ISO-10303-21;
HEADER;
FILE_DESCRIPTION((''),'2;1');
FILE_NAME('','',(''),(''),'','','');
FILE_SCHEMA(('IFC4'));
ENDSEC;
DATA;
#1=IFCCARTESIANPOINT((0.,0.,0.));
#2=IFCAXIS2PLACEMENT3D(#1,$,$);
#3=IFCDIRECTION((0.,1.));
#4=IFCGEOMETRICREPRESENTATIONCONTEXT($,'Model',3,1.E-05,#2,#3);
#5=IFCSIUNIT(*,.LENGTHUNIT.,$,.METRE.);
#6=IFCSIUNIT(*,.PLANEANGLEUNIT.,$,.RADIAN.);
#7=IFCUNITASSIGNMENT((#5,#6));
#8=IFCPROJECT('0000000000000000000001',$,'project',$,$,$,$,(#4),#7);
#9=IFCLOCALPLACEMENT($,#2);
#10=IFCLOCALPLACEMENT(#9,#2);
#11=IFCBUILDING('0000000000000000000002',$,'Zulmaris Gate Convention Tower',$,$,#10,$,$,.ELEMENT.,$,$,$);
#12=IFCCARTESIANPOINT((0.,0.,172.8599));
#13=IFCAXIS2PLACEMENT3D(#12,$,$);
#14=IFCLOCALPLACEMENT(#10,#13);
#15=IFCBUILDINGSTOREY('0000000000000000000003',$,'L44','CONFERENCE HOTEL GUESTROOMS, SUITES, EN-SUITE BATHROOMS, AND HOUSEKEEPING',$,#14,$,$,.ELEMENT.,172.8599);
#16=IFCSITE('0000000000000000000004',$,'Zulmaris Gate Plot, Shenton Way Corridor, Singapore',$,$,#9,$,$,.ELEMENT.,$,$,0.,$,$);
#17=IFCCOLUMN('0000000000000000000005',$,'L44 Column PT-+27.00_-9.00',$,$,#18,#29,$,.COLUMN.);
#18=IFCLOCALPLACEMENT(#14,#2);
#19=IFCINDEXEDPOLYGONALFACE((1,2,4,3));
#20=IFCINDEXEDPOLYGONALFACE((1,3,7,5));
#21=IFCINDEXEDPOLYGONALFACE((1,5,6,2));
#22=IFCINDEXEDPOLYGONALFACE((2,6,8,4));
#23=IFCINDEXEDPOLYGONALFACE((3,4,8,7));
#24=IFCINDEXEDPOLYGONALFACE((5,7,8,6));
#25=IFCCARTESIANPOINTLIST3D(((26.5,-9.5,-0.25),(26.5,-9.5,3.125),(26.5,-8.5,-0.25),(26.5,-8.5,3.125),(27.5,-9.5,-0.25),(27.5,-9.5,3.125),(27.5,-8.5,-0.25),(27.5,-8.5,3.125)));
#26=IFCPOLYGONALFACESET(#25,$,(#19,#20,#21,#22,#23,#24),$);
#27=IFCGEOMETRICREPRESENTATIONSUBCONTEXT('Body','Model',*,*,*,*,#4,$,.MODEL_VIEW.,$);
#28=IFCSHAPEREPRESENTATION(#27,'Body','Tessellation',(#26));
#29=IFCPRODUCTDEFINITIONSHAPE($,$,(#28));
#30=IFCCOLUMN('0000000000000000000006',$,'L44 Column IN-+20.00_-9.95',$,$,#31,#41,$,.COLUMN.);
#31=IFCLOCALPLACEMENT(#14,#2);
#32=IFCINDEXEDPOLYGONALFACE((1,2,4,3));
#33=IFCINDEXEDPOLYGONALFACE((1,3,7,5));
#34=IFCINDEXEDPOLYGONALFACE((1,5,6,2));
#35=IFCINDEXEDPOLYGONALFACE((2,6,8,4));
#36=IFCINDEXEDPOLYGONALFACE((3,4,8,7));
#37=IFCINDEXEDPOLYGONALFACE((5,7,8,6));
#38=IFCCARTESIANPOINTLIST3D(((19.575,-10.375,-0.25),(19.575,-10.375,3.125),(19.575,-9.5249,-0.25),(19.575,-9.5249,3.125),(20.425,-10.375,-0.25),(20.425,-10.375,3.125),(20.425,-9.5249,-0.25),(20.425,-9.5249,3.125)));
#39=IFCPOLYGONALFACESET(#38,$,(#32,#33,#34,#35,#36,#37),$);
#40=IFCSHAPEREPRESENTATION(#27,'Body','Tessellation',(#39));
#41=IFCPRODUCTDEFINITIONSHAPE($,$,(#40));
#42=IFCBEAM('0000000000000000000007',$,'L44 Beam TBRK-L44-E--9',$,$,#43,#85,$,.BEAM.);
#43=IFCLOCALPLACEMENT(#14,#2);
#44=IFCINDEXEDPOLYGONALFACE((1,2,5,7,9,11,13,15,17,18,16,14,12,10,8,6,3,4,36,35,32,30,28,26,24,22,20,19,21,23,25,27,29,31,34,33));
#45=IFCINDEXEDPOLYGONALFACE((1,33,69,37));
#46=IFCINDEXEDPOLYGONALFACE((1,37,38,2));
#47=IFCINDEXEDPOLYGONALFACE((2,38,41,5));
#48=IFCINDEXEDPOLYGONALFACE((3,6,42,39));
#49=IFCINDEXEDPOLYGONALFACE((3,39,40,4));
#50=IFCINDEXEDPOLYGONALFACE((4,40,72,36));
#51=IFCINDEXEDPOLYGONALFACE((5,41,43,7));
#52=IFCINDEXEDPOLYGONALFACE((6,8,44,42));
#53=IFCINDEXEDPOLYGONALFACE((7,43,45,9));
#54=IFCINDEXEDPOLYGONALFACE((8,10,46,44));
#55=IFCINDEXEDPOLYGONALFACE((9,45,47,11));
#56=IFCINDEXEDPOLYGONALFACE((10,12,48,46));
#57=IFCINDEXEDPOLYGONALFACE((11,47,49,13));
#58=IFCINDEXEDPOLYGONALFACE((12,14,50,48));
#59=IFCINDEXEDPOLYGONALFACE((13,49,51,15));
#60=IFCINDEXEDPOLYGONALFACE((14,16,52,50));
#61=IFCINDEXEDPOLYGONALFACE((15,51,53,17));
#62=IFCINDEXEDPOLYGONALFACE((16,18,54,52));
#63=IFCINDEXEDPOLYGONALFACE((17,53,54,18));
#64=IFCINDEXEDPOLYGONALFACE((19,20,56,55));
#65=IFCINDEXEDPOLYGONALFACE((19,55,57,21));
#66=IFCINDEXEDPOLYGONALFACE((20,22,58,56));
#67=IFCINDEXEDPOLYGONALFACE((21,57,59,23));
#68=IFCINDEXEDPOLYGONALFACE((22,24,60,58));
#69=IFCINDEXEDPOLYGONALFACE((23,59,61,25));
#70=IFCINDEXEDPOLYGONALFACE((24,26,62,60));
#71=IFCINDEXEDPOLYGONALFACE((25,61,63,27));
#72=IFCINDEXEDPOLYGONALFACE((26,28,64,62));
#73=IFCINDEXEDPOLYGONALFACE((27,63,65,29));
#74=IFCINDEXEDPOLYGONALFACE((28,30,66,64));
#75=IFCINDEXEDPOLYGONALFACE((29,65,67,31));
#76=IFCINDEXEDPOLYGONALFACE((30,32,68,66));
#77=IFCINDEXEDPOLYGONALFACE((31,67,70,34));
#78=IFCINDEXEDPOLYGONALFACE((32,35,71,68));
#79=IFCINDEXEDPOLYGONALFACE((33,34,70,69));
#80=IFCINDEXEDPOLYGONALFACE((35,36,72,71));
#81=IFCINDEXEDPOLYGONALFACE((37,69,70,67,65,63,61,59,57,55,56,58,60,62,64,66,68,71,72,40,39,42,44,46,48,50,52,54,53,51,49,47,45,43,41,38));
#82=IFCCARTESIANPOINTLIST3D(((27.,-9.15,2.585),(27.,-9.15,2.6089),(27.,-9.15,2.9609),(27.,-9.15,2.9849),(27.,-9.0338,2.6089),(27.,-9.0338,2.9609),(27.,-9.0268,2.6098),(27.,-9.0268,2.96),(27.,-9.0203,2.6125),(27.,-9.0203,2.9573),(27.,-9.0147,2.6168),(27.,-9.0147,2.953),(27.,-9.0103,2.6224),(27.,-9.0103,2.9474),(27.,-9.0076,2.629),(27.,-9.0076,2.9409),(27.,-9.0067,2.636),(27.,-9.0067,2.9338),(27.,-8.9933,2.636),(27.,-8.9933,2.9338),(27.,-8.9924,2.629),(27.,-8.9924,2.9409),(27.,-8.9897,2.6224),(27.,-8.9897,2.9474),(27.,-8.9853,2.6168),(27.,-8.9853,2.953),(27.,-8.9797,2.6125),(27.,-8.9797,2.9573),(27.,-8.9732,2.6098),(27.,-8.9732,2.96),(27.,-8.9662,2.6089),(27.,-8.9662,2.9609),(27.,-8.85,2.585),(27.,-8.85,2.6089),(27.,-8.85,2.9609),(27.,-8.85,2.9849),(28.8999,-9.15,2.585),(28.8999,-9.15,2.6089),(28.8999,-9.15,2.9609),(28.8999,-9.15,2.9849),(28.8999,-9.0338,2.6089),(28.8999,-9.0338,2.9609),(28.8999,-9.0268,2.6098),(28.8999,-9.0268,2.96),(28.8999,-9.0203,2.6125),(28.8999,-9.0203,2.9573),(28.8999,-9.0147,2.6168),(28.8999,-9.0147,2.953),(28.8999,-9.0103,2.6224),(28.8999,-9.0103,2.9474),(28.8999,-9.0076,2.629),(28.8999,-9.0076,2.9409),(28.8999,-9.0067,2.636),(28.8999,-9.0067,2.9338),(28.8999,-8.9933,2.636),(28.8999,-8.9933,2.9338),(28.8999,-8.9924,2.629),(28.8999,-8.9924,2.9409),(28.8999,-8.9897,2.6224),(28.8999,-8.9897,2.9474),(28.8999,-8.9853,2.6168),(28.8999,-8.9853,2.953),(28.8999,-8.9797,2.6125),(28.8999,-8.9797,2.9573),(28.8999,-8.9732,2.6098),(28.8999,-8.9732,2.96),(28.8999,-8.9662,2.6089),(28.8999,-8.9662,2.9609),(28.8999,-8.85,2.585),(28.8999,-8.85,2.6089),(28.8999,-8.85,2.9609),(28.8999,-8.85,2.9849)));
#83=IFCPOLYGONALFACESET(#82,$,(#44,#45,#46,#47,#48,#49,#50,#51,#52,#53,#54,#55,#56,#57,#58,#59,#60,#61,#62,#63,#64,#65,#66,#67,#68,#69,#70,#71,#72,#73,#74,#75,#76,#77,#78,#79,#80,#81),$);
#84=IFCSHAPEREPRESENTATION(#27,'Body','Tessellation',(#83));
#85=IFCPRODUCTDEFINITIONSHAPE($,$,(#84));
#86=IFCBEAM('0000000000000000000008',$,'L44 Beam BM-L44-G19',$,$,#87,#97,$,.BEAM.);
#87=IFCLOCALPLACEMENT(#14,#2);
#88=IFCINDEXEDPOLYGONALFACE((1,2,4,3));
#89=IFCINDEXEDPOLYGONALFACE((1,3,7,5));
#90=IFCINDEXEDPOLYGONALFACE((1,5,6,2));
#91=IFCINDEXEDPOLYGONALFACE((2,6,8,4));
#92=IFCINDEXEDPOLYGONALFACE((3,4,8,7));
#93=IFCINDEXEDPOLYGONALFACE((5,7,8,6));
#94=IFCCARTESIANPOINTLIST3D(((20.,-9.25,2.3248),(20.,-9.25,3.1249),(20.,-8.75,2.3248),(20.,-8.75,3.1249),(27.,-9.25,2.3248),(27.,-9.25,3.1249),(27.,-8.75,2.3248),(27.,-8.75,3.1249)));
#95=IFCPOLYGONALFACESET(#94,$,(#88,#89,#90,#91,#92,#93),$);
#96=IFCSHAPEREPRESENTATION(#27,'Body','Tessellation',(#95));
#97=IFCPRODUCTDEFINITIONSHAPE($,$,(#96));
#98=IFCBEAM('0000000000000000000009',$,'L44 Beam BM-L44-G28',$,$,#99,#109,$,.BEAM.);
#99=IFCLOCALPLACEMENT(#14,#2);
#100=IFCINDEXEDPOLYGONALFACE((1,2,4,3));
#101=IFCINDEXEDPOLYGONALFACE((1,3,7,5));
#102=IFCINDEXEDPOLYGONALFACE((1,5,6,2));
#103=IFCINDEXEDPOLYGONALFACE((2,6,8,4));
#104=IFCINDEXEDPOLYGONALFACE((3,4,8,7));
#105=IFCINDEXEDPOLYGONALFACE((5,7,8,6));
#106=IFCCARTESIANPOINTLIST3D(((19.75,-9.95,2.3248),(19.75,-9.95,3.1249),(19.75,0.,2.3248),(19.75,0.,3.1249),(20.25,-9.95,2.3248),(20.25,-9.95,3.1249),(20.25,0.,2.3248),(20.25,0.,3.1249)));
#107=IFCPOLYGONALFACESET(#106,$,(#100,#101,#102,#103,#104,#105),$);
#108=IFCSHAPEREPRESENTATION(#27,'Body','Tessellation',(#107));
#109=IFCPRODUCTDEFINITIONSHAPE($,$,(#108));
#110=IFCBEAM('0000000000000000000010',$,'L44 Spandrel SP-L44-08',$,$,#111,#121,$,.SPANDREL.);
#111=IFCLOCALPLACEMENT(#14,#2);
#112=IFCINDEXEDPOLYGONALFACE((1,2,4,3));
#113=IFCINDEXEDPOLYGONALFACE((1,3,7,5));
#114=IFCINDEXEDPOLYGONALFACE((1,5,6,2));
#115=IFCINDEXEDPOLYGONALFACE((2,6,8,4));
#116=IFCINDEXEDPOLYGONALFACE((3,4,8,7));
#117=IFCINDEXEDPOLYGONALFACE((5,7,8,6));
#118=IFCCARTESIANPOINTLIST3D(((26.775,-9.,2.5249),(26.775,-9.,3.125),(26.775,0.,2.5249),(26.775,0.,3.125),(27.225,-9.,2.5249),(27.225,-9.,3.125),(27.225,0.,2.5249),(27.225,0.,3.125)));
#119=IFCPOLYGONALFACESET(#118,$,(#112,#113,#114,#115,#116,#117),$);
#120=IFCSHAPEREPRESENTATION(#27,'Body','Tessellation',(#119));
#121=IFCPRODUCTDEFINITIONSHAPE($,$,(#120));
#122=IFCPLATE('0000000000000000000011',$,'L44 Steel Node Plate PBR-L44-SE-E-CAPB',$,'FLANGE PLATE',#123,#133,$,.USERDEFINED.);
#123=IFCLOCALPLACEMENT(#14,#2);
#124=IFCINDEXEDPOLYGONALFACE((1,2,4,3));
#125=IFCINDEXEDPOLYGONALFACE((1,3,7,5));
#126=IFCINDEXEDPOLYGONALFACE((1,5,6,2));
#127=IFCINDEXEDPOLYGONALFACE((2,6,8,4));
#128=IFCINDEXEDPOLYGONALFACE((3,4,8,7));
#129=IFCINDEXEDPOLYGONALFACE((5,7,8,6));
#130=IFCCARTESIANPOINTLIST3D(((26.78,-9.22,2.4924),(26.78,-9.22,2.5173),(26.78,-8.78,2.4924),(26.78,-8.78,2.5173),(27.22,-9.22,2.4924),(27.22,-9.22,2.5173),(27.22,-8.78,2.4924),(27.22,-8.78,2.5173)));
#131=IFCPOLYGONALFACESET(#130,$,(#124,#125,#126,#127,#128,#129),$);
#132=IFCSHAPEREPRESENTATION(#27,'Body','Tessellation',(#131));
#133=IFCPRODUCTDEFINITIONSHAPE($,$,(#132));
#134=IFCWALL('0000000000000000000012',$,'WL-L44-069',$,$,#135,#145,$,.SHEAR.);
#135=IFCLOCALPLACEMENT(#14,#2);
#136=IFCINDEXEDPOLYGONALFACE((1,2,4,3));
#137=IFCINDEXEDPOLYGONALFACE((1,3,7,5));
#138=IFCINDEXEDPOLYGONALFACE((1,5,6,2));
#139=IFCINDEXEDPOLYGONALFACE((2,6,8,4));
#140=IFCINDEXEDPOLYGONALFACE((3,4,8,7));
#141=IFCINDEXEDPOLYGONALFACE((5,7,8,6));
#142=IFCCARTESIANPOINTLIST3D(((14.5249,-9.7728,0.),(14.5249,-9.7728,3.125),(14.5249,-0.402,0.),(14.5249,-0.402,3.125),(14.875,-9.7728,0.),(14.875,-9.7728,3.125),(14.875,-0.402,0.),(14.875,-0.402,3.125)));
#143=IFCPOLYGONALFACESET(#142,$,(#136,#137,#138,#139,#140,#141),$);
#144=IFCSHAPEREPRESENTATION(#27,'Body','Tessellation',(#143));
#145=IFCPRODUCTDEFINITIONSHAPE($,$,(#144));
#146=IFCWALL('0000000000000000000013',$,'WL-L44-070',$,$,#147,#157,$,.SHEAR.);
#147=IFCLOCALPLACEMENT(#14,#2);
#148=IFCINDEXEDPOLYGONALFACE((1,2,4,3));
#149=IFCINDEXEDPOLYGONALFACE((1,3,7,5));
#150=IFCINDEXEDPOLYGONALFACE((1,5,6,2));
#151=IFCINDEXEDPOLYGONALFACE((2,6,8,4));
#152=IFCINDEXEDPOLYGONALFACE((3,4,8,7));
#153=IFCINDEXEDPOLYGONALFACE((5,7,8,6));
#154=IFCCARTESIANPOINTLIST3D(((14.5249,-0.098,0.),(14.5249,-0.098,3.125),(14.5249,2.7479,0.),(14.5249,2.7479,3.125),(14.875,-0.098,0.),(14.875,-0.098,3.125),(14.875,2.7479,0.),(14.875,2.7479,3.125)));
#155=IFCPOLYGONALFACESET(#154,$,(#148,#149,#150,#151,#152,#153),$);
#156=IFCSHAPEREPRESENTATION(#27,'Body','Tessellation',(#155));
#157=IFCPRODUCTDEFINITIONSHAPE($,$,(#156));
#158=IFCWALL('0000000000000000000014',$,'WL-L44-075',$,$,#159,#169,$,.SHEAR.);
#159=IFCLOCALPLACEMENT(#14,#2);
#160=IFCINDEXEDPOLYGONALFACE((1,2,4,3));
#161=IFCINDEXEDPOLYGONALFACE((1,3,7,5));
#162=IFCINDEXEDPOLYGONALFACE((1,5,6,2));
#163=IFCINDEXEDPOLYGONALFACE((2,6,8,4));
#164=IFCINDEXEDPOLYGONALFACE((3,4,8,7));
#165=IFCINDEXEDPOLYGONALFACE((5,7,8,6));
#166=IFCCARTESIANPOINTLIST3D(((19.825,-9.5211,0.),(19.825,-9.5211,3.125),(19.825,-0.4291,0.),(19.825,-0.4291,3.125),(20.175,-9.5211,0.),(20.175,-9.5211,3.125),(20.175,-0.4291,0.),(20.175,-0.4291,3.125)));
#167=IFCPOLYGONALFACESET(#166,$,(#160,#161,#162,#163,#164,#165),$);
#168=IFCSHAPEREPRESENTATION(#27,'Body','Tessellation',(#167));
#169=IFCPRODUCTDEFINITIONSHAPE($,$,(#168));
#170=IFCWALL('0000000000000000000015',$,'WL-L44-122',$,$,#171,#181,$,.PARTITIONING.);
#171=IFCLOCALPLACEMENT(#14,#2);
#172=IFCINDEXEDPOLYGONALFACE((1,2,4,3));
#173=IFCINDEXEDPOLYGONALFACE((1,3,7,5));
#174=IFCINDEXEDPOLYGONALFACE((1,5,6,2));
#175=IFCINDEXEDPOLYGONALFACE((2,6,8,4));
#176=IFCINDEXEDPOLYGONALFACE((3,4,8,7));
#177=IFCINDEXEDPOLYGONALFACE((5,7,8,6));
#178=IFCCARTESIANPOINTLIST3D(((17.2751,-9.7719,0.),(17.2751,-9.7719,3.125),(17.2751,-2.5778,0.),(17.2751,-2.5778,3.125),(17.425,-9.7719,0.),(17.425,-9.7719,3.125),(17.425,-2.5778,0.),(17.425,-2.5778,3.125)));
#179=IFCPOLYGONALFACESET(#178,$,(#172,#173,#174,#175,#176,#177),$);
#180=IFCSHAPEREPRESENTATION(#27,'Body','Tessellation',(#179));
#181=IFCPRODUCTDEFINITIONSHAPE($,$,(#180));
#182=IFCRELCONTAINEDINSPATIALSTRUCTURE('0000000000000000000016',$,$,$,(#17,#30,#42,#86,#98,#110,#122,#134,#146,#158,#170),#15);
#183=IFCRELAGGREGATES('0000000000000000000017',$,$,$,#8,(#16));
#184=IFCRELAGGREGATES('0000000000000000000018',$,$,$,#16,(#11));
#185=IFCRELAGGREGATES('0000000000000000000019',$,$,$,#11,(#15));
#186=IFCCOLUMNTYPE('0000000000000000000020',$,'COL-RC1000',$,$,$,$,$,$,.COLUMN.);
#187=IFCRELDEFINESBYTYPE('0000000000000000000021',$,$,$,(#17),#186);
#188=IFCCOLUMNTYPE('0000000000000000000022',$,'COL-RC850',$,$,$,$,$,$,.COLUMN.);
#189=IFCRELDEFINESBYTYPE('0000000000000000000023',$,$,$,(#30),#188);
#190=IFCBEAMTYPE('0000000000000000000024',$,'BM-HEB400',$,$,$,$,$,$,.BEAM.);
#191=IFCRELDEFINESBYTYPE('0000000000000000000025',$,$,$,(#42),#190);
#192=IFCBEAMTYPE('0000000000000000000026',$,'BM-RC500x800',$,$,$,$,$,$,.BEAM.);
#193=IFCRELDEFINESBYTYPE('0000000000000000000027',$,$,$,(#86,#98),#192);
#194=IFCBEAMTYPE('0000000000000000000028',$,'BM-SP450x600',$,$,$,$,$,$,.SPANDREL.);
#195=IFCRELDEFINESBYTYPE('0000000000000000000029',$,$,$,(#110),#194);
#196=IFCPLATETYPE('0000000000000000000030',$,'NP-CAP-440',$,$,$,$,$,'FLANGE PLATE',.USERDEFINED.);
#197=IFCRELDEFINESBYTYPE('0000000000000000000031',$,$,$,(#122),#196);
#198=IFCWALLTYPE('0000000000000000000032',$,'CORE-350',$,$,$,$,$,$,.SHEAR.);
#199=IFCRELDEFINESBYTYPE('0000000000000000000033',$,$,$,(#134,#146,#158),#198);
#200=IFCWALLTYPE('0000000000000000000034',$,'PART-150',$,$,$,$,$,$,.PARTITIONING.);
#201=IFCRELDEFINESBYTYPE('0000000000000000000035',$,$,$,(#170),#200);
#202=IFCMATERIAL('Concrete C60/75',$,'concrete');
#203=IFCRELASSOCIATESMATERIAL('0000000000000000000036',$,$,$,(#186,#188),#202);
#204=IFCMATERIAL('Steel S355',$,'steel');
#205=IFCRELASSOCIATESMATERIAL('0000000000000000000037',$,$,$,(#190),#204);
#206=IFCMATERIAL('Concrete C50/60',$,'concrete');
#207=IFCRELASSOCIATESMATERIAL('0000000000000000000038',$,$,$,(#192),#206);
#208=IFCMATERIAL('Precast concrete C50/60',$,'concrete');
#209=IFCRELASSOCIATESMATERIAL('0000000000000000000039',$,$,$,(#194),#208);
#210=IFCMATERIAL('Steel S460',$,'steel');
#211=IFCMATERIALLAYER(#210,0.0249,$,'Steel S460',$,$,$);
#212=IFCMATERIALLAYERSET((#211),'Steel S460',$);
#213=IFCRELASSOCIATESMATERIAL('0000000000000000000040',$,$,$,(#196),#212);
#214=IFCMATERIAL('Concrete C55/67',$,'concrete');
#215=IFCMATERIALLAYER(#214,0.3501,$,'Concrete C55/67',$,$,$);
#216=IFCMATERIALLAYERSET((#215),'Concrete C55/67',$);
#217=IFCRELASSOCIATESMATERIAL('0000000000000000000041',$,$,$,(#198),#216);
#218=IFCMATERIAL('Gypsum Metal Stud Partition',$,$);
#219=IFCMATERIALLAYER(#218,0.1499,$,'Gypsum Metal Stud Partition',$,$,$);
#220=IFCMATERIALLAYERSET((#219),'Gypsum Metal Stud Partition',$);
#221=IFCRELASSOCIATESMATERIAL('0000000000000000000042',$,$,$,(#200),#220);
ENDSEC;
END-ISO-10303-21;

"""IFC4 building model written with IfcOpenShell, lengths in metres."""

from ifc_helpers import new_model, si_unit, direction, frame, frame_2d, origin, origin_2d, place, context, subcontext, project, spatial, rectangle, i_section, extrude, material, layer, layer_set, material_profile, profile_set, type_object, element, save


model = new_model("IFC4")

# Units and contexts
model_context = context("Model", 3, precision=1e-05, world=origin(), true_north=direction((0.0, 1.0)))
body_context = subcontext(model_context, "Body", "Model", "MODEL_VIEW")
ifc_project = project(units=[si_unit("LENGTHUNIT", "METRE"), si_unit("PLANEANGLEUNIT", "RADIAN")], contexts=[model_context])

# Site, building, storey
site_placement = place(None, origin())
site = spatial("IfcSite", under=ifc_project, at=site_placement, Name="Zulmaris Gate Plot, Shenton Way Corridor, Singapore", CompositionType="ELEMENT", RefElevation=0.0)
building_placement = place(site_placement, origin())
building = spatial("IfcBuilding", under=site, at=building_placement, Name="Zulmaris Gate Convention Tower", CompositionType="ELEMENT")
storey_placement = place(building_placement, frame((0.0, 0.0, 172.8599)))
storey = spatial("IfcBuildingStorey", under=building, at=storey_placement, Name="L44", Description="CONFERENCE HOTEL GUESTROOMS, SUITES, EN-SUITE BATHROOMS, AND HOUSEKEEPING", CompositionType="ELEMENT", Elevation=172.8599)

# Columns
ifc_material_1 = material(Name="Concrete C60/75", Category="concrete")
ifc_material_profile_1 = material_profile(ifc_material_1, rectangle(XDim=1.0, YDim=1.0, at=origin_2d()), Name="RC COL 1000x1000")
ifc_profile_set_1 = profile_set([ifc_material_profile_1], Name="Concrete C60/75")
column_type_1 = type_object("IfcColumnType", Name="COL-RC1000", PredefinedType="COLUMN", material=ifc_profile_set_1)
column_1_placement = place(storey_placement, frame((27.0, -9.0, -0.25), z_axis=(0.0, 0.0, 1.0), x_axis=(1.0, 0.0, 0.0)))
element("IfcColumn", 1, at=column_1_placement, inside=storey, type_object=column_type_1, Name="L44 Column PT-+27.00_-9.00", PredefinedType="COLUMN", context=body_context, shape_type="SweptSolid", body=[
    extrude(rectangle(XDim=1.0, YDim=1.0, at=origin_2d()), origin(), (0.0, 0.0, 1.0), 3.375),
])
ifc_material_profile_2 = material_profile(ifc_material_1, rectangle(XDim=0.8501, YDim=0.8501, at=origin_2d()), Name="RC COL 850x850")
ifc_profile_set_2 = profile_set([ifc_material_profile_2], Name="Concrete C60/75")
column_type_2 = type_object("IfcColumnType", Name="COL-RC850", PredefinedType="COLUMN", material=ifc_profile_set_2)
column_2_placement = place(storey_placement, frame((20.0, -9.95, -0.25), z_axis=(0.0, 0.0, 1.0), x_axis=(1.0, 0.0, 0.0)))
element("IfcColumn", 2, at=column_2_placement, inside=storey, type_object=column_type_2, Name="L44 Column IN-+20.00_-9.95", PredefinedType="COLUMN", context=body_context, shape_type="SweptSolid", body=[
    extrude(rectangle(XDim=0.8501, YDim=0.8501, at=origin_2d()), origin(), (0.0, 0.0, 1.0), 3.375),
])

# Beams
ifc_material_2 = material(Name="Steel S355", Category="steel")
ifc_material_profile_3 = material_profile(ifc_material_2, i_section(OverallWidth=0.3, OverallDepth=0.3999, WebThickness=0.0134, FlangeThickness=0.0239, FilletRadius=0.0271, at=origin_2d()), Name="HEB 400")
ifc_profile_set_3 = profile_set([ifc_material_profile_3], Name="Steel S355")
beam_type_1 = type_object("IfcBeamType", Name="BM-HEB400", PredefinedType="BEAM", material=ifc_profile_set_3)
beam_1_placement = place(storey_placement, frame((27.0, -9.0, 2.7849), z_axis=(1.0, 0.0, 0.0), x_axis=(0.0, 1.0, 0.0)))
element("IfcBeam", 3, at=beam_1_placement, inside=storey, type_object=beam_type_1, Name="L44 Beam TBRK-L44-E--9", PredefinedType="BEAM", context=body_context, shape_type="SweptSolid", body=[
    extrude(i_section(OverallWidth=0.3, OverallDepth=0.3999, WebThickness=0.0134, FlangeThickness=0.0239, FilletRadius=0.0271, at=origin_2d()), origin(), (0.0, 0.0, 1.0), 1.8999),
])
ifc_material_3 = material(Name="Concrete C50/60", Category="concrete")
ifc_material_profile_4 = material_profile(ifc_material_3, rectangle(XDim=0.5, YDim=0.8, at=origin_2d()), Name="RC BEAM 500x800")
ifc_profile_set_4 = profile_set([ifc_material_profile_4], Name="Concrete C50/60")
beam_type_2 = type_object("IfcBeamType", Name="BM-RC500x800", PredefinedType="BEAM", material=ifc_profile_set_4)
beam_2_placement = place(storey_placement, frame((20.0, -9.0, 2.7249), z_axis=(1.0, 0.0, 0.0), x_axis=(0.0, 1.0, 0.0)))
element("IfcBeam", 4, at=beam_2_placement, inside=storey, type_object=beam_type_2, Name="L44 Beam BM-L44-G19", PredefinedType="BEAM", context=body_context, shape_type="SweptSolid", body=[
    extrude(rectangle(XDim=0.5, YDim=0.8, at=origin_2d()), origin(), (0.0, 0.0, 1.0), 7.0),
])
beam_3_placement = place(storey_placement, frame((20.0, -9.95, 2.7249), z_axis=(0.0, 1.0, 0.0), x_axis=(-1.0, 0.0, 0.0)))
element("IfcBeam", 5, at=beam_3_placement, inside=storey, type_object=beam_type_2, Name="L44 Beam BM-L44-G28", PredefinedType="BEAM", context=body_context, shape_type="SweptSolid", body=[
    extrude(rectangle(XDim=0.5, YDim=0.8, at=origin_2d()), origin(), (0.0, 0.0, 1.0), 9.95),
])
ifc_material_4 = material(Name="Precast concrete C50/60", Category="concrete")
ifc_material_profile_5 = material_profile(ifc_material_4, rectangle(XDim=0.45, YDim=0.6001, at=origin_2d()), Name="RC SPANDREL 450x600")
ifc_profile_set_5 = profile_set([ifc_material_profile_5], Name="Precast concrete C50/60")
beam_type_3 = type_object("IfcBeamType", Name="BM-SP450x600", PredefinedType="SPANDREL", material=ifc_profile_set_5)
beam_4_placement = place(storey_placement, frame((27.0, -9.0, 2.825), z_axis=(0.0, 1.0, 0.0), x_axis=(-1.0, 0.0, 0.0)))
element("IfcBeam", 6, at=beam_4_placement, inside=storey, type_object=beam_type_3, Name="L44 Spandrel SP-L44-08", PredefinedType="SPANDREL", context=body_context, shape_type="SweptSolid", body=[
    extrude(rectangle(XDim=0.45, YDim=0.6001, at=origin_2d()), origin(), (0.0, 0.0, 1.0), 9.0),
])

# Plate
ifc_material_5 = material(Name="Steel S460", Category="steel")
ifc_layer_1 = layer(ifc_material_5, 0.0249, Name="Steel S460")
ifc_layer_set_1 = layer_set([ifc_layer_1], Name="Steel S460")
plate_type = type_object("IfcPlateType", Name="NP-CAP-440", ElementType="FLANGE PLATE", PredefinedType="USERDEFINED", material=ifc_layer_set_1)
plate_placement = place(storey_placement, frame((27.0, -9.0, 2.4924), z_axis=(0.0, 0.0, 1.0), x_axis=(1.0, 0.0, 0.0)))
element("IfcPlate", 7, at=plate_placement, inside=storey, type_object=plate_type, Name="L44 Steel Node Plate PBR-L44-SE-E-CAPB", ObjectType="FLANGE PLATE", PredefinedType="USERDEFINED", context=body_context, shape_type="SweptSolid", body=[
    extrude(rectangle(XDim=0.4399, YDim=0.4399, at=origin_2d()), origin(), (0.0, 0.0, 1.0), 0.0249),
])

# Shared definitions
ifc_material_6 = material(Name="Concrete C55/67", Category="concrete")
ifc_layer_2 = layer(ifc_material_6, 0.3501, Name="Concrete C55/67")
ifc_layer_set_2 = layer_set([ifc_layer_2], Name="Concrete C55/67")
wall_type_1 = type_object("IfcWallType", Name="CORE-350", PredefinedType="SHEAR", material=ifc_layer_set_2)

# Walls
wall_1_placement = place(storey_placement, frame((14.7, -9.7729, 0.0), z_axis=(0.0, 0.0, 1.0), x_axis=(0.0, 1.0, 0.0)))
element("IfcWall", 8, at=wall_1_placement, inside=storey, type_object=wall_type_1, Name="WL-L44-069", PredefinedType="SHEAR", context=body_context, shape_type="SweptSolid", body=[
    extrude(rectangle(XDim=9.3708, YDim=0.3501, at=frame_2d((4.6855, 0.0))), origin(), (0.0, 0.0, 1.0), 3.125),
])
wall_2_placement = place(storey_placement, frame((14.7, -0.0979, 0.0), z_axis=(0.0, 0.0, 1.0), x_axis=(0.0, 1.0, 0.0)))
element("IfcWall", 9, at=wall_2_placement, inside=storey, type_object=wall_type_1, Name="WL-L44-070", PredefinedType="SHEAR", context=body_context, shape_type="SweptSolid", body=[
    extrude(rectangle(XDim=2.8459, YDim=0.3501, at=frame_2d((1.4229, 0.0))), origin(), (0.0, 0.0, 1.0), 3.125),
])
wall_3_placement = place(storey_placement, frame((20.0, -9.521, 0.0), z_axis=(0.0, 0.0, 1.0), x_axis=(0.0, 1.0, 0.0)))
element("IfcWall", 10, at=wall_3_placement, inside=storey, type_object=wall_type_1, Name="WL-L44-075", PredefinedType="SHEAR", context=body_context, shape_type="SweptSolid", body=[
    extrude(rectangle(XDim=9.092, YDim=0.3501, at=frame_2d((4.5459, 0.0))), origin(), (0.0, 0.0, 1.0), 3.125),
])

# Shared definitions
ifc_material_7 = material(Name="Gypsum Metal Stud Partition")
ifc_layer_3 = layer(ifc_material_7, 0.1499, Name="Gypsum Metal Stud Partition")
ifc_layer_set_3 = layer_set([ifc_layer_3], Name="Gypsum Metal Stud Partition")
wall_type_2 = type_object("IfcWallType", Name="PART-150", PredefinedType="PARTITIONING", material=ifc_layer_set_3)

# Wall
wall_4_placement = place(storey_placement, frame((17.3501, -9.772, 0.0), z_axis=(0.0, 0.0, 1.0), x_axis=(0.0, 1.0, 0.0)))
element("IfcWall", 11, at=wall_4_placement, inside=storey, type_object=wall_type_2, Name="WL-L44-122", PredefinedType="PARTITIONING", context=body_context, shape_type="SweptSolid", body=[
    extrude(rectangle(XDim=7.1941, YDim=0.1499, at=frame_2d((3.5972, 0.0))), origin(), (0.0, 0.0, 1.0), 3.125),
])

save(model, "model.ifc")
